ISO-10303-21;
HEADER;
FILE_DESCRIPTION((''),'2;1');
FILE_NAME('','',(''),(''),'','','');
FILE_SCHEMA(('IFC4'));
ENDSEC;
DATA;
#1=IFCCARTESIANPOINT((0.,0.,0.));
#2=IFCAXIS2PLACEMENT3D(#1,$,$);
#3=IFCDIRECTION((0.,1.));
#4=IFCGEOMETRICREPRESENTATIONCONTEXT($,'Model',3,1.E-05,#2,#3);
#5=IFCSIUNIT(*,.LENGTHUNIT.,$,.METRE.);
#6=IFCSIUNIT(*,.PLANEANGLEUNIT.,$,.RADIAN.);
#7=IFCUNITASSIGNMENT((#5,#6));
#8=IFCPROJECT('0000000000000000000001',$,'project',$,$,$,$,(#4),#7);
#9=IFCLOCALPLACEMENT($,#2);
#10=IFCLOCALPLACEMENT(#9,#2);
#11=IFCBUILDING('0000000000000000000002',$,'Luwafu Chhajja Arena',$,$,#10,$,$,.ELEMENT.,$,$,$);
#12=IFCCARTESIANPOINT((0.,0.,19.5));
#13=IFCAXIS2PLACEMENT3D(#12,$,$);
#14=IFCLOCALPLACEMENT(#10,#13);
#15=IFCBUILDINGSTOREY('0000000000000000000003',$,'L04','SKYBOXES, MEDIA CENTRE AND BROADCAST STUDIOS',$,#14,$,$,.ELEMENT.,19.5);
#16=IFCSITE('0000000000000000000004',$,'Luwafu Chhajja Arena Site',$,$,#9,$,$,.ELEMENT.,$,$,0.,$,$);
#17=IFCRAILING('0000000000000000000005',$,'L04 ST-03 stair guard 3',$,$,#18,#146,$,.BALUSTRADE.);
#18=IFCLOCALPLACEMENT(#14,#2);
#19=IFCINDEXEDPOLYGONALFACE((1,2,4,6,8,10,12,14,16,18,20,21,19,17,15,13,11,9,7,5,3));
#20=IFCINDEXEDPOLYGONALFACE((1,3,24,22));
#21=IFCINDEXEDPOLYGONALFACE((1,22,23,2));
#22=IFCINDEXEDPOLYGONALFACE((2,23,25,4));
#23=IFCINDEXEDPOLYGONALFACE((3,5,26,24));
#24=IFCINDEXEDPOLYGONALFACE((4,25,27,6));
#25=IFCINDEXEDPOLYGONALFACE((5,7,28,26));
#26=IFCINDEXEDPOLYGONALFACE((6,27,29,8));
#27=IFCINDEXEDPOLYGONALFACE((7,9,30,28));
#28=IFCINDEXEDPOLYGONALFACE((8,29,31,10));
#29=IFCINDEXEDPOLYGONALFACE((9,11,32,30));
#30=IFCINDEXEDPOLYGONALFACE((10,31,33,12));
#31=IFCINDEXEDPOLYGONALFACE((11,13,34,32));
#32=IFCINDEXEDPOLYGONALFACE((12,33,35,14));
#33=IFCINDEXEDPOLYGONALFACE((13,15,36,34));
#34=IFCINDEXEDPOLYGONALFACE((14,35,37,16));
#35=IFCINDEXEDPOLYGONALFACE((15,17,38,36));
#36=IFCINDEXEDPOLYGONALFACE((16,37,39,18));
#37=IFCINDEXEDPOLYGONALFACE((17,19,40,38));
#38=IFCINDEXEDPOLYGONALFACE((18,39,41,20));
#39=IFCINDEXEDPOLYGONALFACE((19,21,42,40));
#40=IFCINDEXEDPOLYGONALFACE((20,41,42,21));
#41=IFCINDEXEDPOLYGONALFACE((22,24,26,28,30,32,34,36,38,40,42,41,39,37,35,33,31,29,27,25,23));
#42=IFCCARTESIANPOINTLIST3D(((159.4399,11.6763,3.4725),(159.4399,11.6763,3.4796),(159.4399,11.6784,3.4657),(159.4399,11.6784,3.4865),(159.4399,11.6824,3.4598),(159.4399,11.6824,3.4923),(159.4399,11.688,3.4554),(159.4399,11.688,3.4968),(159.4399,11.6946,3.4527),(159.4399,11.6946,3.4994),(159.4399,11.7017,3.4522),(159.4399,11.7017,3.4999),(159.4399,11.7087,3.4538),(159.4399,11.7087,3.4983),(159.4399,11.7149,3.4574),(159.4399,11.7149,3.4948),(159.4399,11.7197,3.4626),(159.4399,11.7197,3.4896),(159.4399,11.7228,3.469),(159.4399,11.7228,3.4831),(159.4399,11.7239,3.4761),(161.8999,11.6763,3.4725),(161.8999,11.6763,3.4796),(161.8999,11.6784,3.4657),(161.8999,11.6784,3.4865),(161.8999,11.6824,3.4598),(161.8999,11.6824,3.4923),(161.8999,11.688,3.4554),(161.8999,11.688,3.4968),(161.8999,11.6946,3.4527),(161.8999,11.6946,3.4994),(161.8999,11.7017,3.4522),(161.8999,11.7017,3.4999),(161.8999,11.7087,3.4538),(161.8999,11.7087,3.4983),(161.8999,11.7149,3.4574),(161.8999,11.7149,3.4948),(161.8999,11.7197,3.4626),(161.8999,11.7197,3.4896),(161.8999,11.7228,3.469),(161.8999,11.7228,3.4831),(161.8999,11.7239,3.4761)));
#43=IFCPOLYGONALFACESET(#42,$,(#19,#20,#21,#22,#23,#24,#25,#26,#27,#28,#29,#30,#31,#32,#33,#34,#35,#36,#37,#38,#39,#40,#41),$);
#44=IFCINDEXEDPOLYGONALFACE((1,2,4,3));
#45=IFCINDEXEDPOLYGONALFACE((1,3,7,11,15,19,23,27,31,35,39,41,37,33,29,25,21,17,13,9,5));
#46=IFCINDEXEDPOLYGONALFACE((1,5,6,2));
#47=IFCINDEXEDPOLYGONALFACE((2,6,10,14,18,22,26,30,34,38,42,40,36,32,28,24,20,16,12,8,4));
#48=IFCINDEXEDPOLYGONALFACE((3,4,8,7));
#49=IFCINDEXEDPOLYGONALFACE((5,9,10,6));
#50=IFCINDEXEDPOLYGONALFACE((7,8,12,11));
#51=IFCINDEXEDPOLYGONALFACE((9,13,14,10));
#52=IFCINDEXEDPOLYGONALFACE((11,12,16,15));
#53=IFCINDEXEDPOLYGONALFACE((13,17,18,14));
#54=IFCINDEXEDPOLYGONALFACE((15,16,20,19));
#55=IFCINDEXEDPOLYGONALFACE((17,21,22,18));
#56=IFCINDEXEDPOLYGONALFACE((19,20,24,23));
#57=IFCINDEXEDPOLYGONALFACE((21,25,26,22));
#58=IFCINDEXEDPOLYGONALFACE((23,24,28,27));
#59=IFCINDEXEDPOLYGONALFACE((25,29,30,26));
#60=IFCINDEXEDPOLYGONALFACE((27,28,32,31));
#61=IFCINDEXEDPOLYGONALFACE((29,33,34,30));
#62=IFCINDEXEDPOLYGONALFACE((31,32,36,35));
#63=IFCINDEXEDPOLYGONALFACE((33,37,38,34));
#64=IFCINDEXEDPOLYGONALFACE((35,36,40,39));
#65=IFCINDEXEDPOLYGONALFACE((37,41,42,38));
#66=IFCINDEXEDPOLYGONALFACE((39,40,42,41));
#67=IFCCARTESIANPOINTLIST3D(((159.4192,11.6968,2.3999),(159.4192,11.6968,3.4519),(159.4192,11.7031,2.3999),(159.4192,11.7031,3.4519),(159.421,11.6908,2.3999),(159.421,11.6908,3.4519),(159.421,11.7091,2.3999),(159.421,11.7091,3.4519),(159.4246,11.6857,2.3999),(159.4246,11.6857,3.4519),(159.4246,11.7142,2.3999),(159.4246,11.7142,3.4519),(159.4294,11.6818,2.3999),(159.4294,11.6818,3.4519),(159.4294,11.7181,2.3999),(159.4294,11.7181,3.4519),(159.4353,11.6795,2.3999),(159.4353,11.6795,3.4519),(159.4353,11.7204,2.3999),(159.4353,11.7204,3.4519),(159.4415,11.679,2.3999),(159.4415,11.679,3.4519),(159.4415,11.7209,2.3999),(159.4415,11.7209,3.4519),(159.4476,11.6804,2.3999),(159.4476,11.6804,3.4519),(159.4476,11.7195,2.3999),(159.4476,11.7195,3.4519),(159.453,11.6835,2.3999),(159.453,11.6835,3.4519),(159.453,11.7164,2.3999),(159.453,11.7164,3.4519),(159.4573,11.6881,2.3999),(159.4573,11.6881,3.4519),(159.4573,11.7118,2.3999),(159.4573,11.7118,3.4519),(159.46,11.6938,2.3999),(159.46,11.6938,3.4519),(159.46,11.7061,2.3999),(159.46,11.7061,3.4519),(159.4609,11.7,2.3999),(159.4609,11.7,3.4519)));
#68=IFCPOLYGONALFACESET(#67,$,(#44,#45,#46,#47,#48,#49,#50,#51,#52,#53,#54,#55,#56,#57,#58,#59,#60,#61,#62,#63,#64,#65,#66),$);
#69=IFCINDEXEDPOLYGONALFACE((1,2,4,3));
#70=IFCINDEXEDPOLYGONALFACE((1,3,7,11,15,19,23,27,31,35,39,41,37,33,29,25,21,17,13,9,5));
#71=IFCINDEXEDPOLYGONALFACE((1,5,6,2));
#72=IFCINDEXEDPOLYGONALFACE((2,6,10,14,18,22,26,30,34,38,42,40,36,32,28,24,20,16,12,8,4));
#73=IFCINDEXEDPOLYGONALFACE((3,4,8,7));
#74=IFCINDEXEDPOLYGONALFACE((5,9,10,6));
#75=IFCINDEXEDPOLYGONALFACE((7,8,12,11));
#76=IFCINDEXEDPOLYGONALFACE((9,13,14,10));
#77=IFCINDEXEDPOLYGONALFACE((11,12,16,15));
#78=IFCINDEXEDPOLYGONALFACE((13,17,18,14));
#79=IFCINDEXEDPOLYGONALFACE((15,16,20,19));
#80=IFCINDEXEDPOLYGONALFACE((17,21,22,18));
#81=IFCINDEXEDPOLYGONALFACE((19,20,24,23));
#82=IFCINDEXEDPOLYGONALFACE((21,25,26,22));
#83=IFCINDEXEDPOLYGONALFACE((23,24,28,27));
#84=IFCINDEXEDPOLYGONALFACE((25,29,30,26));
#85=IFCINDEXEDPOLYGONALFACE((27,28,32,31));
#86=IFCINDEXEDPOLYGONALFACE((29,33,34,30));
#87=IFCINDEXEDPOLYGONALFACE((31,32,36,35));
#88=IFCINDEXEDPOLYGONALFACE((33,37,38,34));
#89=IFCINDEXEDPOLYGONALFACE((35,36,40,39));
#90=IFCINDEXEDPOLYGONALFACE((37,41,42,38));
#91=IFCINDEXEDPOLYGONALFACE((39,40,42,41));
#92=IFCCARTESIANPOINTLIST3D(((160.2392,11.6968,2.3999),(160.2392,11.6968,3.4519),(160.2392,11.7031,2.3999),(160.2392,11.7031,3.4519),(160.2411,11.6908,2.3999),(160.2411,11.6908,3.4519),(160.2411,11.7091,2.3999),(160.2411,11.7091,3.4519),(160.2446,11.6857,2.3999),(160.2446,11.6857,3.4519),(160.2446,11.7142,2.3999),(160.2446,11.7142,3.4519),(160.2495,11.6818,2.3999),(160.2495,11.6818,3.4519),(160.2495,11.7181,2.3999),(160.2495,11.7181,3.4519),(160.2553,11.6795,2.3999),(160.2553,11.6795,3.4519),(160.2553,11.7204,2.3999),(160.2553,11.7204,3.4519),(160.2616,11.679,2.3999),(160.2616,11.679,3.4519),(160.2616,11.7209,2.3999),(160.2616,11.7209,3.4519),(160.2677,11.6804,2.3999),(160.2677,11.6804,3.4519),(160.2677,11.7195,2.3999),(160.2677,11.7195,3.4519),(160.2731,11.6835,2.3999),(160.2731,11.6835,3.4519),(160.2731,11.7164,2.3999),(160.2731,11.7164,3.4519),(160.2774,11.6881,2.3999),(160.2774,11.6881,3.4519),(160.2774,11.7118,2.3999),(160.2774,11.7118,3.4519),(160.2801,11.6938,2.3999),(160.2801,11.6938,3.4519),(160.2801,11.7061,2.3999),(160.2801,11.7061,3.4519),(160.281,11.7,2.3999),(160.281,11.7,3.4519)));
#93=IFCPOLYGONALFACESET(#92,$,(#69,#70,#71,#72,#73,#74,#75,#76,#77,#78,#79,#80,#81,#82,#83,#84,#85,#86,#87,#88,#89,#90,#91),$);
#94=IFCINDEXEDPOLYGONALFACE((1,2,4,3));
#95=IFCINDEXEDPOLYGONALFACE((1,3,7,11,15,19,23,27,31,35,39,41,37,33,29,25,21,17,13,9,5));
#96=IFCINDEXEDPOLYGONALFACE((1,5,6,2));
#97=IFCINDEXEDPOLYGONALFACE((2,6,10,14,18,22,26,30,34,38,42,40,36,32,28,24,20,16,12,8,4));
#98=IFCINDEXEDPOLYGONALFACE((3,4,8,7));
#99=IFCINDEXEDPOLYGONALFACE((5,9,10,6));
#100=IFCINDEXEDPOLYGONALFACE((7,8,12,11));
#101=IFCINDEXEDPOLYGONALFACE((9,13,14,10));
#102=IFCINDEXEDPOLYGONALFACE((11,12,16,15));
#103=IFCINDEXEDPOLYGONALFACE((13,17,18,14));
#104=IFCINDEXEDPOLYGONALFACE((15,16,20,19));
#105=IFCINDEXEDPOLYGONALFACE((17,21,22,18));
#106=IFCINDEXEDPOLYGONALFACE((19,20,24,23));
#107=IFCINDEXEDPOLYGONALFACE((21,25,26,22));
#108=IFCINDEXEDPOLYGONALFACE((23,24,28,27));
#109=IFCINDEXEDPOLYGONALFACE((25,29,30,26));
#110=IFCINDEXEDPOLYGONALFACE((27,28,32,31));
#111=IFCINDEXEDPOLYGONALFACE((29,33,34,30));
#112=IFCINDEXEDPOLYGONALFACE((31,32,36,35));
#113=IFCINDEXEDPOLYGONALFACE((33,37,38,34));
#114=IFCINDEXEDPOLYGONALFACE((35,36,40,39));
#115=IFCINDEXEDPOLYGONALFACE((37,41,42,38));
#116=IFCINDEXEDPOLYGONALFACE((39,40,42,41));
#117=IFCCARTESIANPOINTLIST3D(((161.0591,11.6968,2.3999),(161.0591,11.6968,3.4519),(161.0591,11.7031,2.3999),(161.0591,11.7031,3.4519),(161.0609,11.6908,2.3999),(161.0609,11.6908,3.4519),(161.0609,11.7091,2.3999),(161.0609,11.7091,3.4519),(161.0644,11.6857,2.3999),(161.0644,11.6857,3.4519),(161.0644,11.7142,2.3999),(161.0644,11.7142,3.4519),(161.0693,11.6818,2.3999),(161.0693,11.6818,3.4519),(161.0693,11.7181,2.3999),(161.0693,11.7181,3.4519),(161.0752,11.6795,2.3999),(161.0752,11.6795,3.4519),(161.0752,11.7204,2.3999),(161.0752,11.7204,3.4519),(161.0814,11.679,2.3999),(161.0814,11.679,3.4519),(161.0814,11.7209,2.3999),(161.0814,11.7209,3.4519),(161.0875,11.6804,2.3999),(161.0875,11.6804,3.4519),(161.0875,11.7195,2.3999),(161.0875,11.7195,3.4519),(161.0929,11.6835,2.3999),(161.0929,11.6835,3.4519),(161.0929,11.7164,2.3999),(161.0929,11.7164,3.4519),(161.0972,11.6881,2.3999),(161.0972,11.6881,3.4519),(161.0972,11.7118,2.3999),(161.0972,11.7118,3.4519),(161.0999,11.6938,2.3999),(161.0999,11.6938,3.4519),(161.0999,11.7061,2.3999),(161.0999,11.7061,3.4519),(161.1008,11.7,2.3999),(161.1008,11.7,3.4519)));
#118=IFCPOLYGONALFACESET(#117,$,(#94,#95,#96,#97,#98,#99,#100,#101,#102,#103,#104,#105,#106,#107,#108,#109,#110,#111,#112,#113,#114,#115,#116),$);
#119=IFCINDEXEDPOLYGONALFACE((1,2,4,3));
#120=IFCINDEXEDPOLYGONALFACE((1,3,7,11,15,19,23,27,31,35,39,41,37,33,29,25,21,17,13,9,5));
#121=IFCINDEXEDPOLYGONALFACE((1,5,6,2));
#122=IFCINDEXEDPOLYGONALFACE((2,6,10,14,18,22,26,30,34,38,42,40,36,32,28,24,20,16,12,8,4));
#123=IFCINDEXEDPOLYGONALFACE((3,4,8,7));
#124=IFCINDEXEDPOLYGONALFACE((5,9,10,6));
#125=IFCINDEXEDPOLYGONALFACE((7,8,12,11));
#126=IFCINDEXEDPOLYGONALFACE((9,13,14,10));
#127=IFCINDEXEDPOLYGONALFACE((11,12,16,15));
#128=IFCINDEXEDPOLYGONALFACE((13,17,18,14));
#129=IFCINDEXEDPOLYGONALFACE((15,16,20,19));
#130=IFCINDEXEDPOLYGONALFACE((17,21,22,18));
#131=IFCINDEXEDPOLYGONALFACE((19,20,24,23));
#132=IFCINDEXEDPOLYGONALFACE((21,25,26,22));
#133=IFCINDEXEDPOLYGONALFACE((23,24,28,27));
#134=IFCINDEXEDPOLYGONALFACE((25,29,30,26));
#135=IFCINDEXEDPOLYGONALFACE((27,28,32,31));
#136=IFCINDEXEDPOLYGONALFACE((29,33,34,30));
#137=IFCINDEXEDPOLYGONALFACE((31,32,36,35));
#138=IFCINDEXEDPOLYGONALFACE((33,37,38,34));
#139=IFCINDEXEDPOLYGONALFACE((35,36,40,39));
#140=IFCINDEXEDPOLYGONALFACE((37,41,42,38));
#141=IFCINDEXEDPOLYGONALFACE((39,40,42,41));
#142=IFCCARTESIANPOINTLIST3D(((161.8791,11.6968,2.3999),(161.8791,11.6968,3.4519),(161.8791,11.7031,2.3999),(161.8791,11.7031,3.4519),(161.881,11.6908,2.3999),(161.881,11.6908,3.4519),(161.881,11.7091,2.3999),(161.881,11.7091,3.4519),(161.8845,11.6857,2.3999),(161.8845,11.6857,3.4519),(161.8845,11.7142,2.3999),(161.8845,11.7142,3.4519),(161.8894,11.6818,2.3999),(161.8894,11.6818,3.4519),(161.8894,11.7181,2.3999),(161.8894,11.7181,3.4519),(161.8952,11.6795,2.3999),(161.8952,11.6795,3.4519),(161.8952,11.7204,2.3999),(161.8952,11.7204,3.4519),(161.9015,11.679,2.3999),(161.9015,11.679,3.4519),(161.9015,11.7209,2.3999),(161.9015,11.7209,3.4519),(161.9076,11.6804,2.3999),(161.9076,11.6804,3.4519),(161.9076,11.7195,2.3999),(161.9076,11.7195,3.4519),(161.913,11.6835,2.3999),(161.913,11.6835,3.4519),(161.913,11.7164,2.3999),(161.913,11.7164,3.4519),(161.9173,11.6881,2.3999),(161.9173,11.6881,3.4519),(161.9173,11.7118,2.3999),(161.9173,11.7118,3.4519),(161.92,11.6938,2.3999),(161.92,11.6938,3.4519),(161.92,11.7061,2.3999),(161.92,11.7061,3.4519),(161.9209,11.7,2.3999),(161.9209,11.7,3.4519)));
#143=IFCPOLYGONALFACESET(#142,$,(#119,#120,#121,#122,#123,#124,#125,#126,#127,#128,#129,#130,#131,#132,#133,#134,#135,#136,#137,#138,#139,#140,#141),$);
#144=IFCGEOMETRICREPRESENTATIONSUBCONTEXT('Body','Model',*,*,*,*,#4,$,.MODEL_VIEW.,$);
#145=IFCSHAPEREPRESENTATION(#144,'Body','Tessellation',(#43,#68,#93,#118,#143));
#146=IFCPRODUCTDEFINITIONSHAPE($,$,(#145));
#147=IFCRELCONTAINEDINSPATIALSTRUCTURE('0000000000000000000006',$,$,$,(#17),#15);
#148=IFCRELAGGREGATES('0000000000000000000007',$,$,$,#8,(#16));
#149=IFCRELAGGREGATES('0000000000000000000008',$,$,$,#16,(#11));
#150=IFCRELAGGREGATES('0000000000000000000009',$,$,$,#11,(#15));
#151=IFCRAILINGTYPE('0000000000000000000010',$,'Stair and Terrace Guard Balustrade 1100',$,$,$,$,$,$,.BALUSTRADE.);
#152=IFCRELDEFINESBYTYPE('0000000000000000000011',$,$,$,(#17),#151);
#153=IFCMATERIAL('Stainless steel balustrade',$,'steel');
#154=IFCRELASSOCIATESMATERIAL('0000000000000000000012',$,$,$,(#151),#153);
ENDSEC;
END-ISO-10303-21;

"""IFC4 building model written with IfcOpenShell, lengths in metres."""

from ifc_helpers import new_model, si_unit, direction, frame, origin, origin_2d, place, context, subcontext, project, spatial, circle, extrude, material, type_object, element, save


model = new_model("IFC4")

# Units and contexts
model_context = context("Model", 3, precision=1e-05, world=origin(), true_north=direction((0.0, 1.0)))
body_context = subcontext(model_context, "Body", "Model", "MODEL_VIEW")
ifc_project = project(units=[si_unit("LENGTHUNIT", "METRE"), si_unit("PLANEANGLEUNIT", "RADIAN")], contexts=[model_context])

# Site, building, storey
site_placement = place(None, origin())
site = spatial("IfcSite", under=ifc_project, at=site_placement, Name="Luwafu Chhajja Arena Site", CompositionType="ELEMENT", RefElevation=0.0)
building_placement = place(site_placement, origin())
building = spatial("IfcBuilding", under=site, at=building_placement, Name="Luwafu Chhajja Arena", CompositionType="ELEMENT")
storey_placement = place(building_placement, frame((0.0, 0.0, 19.5)))
storey = spatial("IfcBuildingStorey", under=building, at=storey_placement, Name="L04", Description="SKYBOXES, MEDIA CENTRE AND BROADCAST STUDIOS", CompositionType="ELEMENT", Elevation=19.5)

# Railing
ifc_material_1 = material(Name="Stainless steel balustrade", Category="steel")
railing_type_1 = type_object("IfcRailingType", Name="Stair and Terrace Guard Balustrade 1100", PredefinedType="BALUSTRADE", material=ifc_material_1)
for number, where, name in (
    (1, (159.4399, 11.7, 2.3999), "L04 ST-03 stair guard 3"),
):
    element("IfcRailing", number, at=place(storey_placement, frame(where)), inside=storey, type_object=railing_type_1, Name=name, PredefinedType="BALUSTRADE", context=body_context, shape_type="SweptSolid", body=[
        extrude(circle(Radius=0.0239, at=origin_2d()), frame((0.0, 0.0, 1.0762), z_axis=(1.0, 0.0, 0.0), x_axis=(0.0, 1.0, 0.0)), (0.0, 0.0, 1.0), 2.46),
        extrude(circle(Radius=0.021, at=origin_2d()), origin(), (0.0, 0.0, 1.0), 1.052),
        extrude(circle(Radius=0.021, at=origin_2d()), frame((0.8201, 0.0, 0.0)), (0.0, 0.0, 1.0), 1.052),
        extrude(circle(Radius=0.021, at=origin_2d()), frame((1.6399, 0.0, 0.0)), (0.0, 0.0, 1.0), 1.052),
        extrude(circle(Radius=0.021, at=origin_2d()), frame((2.46, 0.0, 0.0)), (0.0, 0.0, 1.0), 1.052),
    ])

save(model, "model.ifc")
